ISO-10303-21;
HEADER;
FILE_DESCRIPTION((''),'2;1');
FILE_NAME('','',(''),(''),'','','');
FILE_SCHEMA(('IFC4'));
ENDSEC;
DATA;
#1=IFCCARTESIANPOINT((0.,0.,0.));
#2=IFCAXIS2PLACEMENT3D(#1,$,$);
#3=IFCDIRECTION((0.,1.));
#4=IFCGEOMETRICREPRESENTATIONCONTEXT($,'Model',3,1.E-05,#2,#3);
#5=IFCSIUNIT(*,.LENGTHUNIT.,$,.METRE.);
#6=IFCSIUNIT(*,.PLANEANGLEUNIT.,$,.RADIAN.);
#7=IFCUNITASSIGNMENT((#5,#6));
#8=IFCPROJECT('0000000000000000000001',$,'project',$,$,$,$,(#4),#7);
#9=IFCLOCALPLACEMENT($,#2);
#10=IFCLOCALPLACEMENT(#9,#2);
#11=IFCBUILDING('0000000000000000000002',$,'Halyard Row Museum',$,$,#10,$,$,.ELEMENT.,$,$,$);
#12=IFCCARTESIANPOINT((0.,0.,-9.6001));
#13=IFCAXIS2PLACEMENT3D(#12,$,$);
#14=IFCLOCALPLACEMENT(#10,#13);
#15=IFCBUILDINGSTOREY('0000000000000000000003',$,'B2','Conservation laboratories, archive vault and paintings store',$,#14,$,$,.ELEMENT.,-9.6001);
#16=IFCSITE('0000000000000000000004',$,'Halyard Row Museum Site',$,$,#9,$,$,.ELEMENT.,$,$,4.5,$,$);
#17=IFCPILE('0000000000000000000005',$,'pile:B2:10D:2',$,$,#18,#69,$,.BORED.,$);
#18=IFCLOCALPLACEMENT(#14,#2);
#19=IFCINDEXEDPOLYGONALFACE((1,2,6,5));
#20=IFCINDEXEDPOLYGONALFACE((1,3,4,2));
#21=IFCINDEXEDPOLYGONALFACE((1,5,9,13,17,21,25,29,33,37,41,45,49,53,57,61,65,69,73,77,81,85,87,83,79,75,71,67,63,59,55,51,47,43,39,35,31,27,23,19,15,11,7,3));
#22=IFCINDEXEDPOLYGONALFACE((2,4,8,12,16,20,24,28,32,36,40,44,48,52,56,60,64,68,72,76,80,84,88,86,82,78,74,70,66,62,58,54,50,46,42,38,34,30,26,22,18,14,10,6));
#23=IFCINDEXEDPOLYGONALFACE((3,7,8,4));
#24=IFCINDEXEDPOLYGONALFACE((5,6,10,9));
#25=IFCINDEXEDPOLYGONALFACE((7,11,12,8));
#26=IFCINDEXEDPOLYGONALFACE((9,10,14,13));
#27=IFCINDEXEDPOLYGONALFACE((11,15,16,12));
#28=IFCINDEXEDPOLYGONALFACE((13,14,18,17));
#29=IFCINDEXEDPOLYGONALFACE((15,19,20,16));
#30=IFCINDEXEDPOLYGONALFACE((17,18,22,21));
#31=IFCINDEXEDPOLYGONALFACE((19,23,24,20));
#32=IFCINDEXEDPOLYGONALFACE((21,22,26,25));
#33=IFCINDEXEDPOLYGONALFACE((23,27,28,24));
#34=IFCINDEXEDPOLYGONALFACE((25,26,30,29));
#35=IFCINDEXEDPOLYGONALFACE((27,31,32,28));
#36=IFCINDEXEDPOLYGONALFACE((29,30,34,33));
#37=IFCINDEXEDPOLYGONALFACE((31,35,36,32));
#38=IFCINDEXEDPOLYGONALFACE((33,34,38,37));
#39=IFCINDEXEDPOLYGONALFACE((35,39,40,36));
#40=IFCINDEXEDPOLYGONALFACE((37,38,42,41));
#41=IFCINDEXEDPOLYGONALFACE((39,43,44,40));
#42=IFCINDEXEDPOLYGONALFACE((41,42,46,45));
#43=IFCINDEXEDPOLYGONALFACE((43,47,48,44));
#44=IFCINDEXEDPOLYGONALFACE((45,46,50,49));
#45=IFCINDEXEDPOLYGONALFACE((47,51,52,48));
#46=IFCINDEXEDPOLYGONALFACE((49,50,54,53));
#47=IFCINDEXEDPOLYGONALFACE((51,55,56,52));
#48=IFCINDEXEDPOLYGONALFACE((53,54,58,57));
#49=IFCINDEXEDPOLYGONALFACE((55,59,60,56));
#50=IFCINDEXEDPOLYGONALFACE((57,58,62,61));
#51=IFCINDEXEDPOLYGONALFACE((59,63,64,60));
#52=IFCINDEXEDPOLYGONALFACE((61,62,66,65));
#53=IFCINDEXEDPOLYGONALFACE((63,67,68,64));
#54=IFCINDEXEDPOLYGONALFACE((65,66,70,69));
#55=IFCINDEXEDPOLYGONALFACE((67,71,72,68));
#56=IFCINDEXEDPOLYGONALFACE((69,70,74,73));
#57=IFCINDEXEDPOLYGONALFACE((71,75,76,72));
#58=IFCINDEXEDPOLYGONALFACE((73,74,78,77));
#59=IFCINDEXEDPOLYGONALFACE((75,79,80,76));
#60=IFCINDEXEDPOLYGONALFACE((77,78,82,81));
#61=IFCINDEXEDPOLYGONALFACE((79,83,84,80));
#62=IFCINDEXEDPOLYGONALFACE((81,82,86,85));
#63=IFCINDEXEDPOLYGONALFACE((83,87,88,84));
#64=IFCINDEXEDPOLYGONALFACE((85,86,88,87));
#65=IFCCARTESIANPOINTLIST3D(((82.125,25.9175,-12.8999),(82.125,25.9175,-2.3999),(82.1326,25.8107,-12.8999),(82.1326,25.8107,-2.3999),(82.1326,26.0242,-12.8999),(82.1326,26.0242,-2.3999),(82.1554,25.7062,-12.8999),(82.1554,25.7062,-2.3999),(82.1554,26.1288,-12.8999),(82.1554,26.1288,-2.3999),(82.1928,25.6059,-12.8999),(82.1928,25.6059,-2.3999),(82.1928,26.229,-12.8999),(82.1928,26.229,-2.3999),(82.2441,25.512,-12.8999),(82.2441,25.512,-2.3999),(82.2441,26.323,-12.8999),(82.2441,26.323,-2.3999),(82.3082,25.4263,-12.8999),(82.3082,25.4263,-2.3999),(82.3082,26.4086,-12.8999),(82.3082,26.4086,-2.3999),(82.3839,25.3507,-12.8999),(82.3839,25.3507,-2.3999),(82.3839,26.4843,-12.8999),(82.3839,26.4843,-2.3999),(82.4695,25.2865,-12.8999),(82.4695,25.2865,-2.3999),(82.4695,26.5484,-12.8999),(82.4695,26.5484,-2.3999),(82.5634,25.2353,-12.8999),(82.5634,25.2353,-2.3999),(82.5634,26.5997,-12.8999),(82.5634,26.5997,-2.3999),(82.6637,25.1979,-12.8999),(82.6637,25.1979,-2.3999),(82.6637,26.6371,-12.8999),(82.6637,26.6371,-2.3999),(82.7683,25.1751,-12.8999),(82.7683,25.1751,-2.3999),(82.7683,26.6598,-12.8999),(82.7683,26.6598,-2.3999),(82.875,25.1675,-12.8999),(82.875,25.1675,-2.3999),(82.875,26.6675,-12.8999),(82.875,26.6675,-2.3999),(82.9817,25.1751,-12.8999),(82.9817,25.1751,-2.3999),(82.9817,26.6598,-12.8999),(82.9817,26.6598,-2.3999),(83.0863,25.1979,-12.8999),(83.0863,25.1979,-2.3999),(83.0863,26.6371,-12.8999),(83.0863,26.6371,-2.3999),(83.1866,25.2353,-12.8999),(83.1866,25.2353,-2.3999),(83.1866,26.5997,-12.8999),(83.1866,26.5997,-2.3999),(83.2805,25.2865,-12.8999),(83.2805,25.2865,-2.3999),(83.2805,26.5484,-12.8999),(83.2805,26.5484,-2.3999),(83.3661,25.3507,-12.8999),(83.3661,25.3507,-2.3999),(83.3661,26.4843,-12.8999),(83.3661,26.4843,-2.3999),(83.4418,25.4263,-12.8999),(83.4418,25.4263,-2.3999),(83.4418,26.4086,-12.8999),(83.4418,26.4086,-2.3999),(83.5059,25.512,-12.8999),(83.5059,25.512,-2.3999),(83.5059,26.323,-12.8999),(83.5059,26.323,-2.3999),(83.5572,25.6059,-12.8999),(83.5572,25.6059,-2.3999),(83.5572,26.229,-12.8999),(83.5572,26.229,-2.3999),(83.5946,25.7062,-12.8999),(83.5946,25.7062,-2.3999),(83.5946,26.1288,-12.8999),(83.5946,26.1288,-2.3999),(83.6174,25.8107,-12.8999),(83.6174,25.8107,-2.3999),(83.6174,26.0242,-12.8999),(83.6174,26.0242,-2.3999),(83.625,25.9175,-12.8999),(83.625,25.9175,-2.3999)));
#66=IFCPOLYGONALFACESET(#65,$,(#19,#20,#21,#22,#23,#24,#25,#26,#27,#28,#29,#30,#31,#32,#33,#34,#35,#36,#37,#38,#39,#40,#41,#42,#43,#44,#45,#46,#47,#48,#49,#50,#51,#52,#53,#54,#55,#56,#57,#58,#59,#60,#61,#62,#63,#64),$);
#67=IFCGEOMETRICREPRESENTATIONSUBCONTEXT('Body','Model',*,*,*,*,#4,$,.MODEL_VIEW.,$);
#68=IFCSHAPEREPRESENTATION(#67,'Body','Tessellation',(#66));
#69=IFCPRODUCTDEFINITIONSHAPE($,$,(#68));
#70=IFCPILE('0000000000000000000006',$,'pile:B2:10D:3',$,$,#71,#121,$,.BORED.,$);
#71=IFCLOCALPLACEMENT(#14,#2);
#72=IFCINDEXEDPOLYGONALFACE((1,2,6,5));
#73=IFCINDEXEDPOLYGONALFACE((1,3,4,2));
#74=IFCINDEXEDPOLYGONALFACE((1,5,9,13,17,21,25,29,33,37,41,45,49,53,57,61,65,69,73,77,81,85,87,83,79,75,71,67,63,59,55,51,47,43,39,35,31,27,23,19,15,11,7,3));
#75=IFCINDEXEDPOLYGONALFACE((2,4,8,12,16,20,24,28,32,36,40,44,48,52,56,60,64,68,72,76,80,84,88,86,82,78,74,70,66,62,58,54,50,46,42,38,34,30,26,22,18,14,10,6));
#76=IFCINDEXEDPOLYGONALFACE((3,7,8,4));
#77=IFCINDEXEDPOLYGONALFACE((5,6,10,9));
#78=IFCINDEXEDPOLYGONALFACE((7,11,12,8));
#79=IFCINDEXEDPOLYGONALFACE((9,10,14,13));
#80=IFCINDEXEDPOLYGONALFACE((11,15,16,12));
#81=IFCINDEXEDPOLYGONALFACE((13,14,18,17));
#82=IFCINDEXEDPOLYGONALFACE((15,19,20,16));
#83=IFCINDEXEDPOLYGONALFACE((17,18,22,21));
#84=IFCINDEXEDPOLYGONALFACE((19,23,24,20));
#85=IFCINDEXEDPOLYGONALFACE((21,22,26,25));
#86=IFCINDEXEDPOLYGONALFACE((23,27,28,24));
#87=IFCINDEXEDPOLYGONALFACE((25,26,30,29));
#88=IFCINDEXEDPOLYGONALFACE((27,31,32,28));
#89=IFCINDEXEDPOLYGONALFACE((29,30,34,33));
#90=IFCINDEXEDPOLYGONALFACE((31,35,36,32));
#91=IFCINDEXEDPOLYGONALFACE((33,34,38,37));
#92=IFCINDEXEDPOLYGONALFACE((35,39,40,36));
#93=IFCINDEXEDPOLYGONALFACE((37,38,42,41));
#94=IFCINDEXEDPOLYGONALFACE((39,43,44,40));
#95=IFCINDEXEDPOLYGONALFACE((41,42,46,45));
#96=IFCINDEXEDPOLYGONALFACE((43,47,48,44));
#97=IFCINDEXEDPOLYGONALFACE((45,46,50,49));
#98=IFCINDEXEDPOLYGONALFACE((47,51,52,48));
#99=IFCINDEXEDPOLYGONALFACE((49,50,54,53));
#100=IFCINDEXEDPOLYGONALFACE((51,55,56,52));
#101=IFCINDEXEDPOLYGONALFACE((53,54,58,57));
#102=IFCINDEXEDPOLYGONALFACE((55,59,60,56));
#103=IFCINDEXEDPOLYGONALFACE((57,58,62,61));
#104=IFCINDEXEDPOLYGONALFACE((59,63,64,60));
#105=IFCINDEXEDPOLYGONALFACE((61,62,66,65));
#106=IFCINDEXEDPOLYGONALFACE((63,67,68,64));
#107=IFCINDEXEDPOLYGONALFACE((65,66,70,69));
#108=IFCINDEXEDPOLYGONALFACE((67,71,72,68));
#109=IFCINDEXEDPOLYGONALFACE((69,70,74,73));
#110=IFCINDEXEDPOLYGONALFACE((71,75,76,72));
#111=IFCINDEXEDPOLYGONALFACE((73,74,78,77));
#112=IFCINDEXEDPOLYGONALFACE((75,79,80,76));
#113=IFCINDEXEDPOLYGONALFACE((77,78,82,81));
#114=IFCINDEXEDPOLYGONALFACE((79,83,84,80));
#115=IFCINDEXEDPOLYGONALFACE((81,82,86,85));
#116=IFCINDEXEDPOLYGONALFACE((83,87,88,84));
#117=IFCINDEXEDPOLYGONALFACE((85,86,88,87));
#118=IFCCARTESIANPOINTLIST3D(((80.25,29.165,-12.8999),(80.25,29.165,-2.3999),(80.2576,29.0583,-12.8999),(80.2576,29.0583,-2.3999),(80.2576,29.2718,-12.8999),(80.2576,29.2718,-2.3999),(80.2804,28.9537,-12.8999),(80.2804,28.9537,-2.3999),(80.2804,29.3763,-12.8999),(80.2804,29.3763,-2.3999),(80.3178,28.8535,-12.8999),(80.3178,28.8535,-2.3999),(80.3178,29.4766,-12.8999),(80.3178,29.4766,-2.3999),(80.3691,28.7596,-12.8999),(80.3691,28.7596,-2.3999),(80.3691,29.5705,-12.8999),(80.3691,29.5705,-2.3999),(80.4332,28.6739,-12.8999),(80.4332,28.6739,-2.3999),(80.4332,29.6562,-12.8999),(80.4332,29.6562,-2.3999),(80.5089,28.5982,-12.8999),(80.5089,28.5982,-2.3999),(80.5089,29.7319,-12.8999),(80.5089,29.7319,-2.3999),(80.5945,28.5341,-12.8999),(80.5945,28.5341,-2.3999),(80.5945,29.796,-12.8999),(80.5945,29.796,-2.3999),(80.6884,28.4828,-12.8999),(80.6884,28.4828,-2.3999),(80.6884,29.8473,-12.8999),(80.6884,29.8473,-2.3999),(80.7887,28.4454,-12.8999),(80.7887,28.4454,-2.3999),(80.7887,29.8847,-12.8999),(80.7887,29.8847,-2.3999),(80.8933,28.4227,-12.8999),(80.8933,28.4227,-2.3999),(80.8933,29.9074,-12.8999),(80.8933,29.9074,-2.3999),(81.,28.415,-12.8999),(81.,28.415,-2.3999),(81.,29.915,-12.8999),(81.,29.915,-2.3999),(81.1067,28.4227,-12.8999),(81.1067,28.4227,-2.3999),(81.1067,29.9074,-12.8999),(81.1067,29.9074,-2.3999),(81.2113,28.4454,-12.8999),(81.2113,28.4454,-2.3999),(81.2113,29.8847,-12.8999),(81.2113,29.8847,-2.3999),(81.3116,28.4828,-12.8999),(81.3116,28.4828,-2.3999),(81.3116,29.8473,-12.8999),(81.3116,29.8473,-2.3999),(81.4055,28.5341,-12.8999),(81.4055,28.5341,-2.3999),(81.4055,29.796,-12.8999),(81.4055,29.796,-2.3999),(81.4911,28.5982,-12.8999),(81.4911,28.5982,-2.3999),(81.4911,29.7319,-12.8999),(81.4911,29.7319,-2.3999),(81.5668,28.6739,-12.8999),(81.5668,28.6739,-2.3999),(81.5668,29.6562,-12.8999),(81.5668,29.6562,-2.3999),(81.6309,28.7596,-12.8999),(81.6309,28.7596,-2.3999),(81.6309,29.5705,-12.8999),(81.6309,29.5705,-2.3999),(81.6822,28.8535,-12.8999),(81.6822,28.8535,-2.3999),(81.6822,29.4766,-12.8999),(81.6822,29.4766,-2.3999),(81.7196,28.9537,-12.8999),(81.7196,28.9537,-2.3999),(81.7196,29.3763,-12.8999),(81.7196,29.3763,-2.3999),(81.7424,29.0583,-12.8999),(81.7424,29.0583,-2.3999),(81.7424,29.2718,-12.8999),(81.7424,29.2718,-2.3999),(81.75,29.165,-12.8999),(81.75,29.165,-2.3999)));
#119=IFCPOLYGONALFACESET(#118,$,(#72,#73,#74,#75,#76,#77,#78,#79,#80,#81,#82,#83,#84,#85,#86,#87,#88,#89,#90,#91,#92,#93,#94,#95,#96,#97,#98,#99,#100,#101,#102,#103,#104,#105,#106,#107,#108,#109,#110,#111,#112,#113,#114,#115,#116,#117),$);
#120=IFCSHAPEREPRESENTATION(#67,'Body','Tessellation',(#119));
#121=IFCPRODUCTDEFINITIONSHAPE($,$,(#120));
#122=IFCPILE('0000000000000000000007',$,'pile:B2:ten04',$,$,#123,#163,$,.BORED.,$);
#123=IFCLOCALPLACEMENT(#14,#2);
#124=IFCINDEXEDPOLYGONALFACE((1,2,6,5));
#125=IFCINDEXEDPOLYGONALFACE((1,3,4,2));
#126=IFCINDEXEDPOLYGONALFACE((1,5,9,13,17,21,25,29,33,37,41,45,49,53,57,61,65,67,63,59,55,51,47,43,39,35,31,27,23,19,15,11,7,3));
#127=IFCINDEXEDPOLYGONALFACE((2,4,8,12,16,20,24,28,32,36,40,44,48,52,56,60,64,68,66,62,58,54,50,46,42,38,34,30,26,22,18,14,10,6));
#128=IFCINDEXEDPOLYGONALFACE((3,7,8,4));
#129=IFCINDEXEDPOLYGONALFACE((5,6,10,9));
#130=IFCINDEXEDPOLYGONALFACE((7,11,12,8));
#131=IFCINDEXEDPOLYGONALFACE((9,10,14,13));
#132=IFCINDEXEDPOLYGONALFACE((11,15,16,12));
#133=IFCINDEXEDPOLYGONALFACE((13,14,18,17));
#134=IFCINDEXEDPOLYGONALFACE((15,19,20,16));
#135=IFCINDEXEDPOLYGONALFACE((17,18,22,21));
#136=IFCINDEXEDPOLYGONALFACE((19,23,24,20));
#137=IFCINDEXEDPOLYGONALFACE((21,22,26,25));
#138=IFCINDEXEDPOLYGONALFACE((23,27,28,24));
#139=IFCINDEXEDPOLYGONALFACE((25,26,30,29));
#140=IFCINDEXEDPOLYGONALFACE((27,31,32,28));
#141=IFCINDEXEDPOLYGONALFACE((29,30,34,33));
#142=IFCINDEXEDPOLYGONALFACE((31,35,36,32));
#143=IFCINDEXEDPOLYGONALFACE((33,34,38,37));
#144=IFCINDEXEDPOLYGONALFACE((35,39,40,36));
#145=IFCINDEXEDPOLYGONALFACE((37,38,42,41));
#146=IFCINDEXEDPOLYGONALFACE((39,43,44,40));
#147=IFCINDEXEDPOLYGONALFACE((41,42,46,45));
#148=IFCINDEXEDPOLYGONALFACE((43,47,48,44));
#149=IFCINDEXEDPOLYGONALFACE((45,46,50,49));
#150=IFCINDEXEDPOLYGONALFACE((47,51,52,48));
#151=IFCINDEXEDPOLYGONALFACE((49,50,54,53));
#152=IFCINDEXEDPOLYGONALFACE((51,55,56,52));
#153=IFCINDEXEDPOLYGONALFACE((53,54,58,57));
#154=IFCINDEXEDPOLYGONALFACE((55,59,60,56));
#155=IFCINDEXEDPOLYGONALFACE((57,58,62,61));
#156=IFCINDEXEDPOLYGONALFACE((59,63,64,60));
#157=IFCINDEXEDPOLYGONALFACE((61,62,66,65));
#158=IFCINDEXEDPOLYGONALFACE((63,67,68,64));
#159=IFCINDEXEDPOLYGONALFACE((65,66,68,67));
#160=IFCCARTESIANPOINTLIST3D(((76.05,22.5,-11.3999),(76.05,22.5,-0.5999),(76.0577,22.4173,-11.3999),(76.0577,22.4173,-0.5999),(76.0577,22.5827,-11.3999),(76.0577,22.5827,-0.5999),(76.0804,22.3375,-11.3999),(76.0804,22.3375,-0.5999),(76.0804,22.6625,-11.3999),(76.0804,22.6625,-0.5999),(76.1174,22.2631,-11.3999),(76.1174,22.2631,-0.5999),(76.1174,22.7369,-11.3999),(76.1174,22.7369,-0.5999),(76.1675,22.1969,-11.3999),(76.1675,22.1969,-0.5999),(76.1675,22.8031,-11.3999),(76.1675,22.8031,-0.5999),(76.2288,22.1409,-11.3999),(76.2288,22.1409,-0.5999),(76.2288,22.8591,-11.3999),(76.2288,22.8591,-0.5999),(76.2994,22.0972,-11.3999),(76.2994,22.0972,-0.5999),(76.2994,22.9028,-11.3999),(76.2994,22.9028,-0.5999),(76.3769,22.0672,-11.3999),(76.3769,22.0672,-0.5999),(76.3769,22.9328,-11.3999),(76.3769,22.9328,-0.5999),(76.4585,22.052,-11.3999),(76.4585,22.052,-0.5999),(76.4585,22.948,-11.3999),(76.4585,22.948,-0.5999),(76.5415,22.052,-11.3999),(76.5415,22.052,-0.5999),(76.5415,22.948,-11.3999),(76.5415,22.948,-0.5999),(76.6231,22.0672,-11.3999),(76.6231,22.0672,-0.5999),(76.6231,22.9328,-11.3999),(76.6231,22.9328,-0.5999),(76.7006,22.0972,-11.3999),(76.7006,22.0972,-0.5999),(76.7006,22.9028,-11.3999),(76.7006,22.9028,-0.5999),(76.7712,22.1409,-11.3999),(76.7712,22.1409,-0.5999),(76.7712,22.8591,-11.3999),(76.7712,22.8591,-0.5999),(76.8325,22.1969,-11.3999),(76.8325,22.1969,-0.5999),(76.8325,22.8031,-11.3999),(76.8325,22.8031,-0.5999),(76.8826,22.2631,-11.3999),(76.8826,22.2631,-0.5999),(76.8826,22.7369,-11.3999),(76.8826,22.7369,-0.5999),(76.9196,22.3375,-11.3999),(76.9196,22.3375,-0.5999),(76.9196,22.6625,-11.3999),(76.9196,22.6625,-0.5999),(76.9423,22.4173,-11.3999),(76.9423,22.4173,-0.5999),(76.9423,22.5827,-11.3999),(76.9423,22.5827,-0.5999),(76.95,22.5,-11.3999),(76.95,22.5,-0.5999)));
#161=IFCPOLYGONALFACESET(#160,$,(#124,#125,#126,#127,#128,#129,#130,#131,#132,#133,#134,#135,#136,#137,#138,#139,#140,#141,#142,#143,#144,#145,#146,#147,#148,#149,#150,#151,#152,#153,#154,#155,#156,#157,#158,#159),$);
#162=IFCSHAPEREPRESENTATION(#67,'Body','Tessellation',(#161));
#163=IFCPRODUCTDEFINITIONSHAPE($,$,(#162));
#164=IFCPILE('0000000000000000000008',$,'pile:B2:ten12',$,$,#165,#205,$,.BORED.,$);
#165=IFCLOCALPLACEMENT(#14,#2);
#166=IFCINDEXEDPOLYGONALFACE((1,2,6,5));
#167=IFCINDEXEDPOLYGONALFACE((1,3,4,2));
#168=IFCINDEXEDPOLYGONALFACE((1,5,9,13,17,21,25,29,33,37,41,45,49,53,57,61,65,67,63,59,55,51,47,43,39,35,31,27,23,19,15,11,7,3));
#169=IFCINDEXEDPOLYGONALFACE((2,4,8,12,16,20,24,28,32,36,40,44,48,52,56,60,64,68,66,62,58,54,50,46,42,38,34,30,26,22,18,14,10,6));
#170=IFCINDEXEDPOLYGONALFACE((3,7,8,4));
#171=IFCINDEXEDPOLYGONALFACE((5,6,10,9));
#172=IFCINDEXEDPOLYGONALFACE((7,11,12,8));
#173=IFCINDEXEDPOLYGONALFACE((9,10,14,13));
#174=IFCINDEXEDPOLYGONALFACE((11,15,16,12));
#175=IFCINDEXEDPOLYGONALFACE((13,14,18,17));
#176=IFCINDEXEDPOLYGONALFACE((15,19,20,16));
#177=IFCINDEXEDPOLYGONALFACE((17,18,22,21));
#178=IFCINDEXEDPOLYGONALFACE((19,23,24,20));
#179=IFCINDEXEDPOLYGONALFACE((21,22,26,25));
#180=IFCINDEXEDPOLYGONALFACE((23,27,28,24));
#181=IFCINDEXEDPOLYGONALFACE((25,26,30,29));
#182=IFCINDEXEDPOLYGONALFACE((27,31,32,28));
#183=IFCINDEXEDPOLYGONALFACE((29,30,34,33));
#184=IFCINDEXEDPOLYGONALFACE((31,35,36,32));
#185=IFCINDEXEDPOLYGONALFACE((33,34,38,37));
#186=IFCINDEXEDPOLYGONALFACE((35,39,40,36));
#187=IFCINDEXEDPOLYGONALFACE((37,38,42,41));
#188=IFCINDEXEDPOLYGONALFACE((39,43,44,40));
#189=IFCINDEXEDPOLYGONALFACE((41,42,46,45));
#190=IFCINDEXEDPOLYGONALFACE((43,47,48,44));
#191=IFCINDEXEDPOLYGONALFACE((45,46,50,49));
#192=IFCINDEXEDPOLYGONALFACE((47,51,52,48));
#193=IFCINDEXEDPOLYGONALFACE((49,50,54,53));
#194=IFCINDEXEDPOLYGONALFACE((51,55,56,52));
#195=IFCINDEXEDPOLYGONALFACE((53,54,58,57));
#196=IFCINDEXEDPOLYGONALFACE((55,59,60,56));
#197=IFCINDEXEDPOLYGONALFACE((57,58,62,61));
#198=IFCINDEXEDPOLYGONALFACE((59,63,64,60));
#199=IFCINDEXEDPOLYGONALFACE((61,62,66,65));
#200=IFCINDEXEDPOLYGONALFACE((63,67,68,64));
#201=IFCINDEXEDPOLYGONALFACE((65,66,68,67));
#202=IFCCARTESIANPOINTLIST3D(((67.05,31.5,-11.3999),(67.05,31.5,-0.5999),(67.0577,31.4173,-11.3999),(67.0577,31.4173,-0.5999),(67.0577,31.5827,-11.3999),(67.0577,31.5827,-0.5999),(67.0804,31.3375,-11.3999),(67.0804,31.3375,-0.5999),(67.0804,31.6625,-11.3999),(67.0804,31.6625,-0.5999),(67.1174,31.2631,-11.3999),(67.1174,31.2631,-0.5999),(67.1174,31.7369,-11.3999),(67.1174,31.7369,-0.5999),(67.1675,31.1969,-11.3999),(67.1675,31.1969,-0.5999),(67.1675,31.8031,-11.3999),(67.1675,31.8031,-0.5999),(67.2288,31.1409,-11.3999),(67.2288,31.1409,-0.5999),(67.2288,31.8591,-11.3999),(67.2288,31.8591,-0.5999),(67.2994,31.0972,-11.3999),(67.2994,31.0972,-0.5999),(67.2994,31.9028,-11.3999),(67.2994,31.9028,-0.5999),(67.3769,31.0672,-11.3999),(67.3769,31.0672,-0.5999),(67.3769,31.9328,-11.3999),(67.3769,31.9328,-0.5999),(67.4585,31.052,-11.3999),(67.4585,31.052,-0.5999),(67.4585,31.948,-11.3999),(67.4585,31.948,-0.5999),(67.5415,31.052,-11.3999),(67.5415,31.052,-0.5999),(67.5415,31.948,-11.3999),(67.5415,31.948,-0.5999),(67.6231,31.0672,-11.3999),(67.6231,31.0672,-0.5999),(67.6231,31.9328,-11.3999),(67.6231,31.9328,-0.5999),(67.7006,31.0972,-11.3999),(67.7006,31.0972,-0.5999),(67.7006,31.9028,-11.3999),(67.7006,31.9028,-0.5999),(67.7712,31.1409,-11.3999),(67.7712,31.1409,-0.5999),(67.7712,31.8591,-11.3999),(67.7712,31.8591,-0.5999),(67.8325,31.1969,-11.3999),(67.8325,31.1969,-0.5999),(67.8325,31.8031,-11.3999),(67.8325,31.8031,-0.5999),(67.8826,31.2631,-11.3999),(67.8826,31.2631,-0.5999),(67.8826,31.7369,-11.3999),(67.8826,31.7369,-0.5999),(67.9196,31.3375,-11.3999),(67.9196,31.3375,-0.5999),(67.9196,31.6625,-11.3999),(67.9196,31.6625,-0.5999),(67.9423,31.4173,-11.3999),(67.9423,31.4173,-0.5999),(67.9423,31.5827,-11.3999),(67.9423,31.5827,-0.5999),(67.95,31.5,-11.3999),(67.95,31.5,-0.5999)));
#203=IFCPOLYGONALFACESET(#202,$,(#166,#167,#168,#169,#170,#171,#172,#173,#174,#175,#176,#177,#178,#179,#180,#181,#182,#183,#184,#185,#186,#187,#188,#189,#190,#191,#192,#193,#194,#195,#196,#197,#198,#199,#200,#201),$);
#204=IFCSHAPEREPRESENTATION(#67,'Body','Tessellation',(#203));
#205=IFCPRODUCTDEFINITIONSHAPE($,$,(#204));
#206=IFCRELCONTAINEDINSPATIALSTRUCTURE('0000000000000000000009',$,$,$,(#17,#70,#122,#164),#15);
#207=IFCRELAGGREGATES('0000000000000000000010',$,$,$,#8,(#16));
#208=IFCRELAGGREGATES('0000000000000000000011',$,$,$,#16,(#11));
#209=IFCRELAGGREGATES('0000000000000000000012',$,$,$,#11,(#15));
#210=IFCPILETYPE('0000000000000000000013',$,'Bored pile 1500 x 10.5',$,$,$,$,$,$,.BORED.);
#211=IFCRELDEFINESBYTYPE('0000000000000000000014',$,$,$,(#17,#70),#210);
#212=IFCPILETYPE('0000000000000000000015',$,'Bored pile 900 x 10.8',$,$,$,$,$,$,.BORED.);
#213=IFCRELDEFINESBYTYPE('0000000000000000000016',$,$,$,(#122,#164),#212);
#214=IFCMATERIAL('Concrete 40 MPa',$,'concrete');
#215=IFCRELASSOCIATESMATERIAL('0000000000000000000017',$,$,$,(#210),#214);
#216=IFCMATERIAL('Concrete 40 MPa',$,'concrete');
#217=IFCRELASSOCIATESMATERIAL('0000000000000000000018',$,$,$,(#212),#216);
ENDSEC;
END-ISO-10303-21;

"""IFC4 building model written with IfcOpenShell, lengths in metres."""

from ifc_helpers import new_model, si_unit, direction, frame, origin, origin_2d, place, context, subcontext, project, spatial, circle, extrude, material, material_profile, profile_set, type_object, element, save


model = new_model("IFC4")

# Units and contexts
model_context = context("Model", 3, precision=1e-05, world=origin(), true_north=direction((0.0, 1.0)))
body_context = subcontext(model_context, "Body", "Model", "MODEL_VIEW")
ifc_project = project(units=[si_unit("LENGTHUNIT", "METRE"), si_unit("PLANEANGLEUNIT", "RADIAN")], contexts=[model_context])

# Site, building, storey
site_placement = place(None, origin())
site = spatial("IfcSite", under=ifc_project, at=site_placement, Name="Halyard Row Museum Site", CompositionType="ELEMENT", RefElevation=4.5)
building_placement = place(site_placement, origin())
building = spatial("IfcBuilding", under=site, at=building_placement, Name="Halyard Row Museum", CompositionType="ELEMENT")
storey_placement = place(building_placement, frame((0.0, 0.0, -9.6001)))
storey = spatial("IfcBuildingStorey", under=building, at=storey_placement, Name="B2", Description="Conservation laboratories, archive vault and paintings store", CompositionType="ELEMENT", Elevation=-9.6001)

# Piles
ifc_material_1 = material(Name="Concrete 40 MPa", Category="concrete")
ifc_material_profile_1 = material_profile(ifc_material_1, circle(Radius=0.75, at=origin_2d()), Name="Bored pile 1500 x 10.5")
ifc_profile_set_1 = profile_set([ifc_material_profile_1], Name="Concrete 40 MPa")
pile_type_1 = type_object("IfcPileType", Name="Bored pile 1500 x 10.5", PredefinedType="BORED", material=ifc_profile_set_1)
for number, where, z_axis, x_axis, name in (
    (1, (82.875, 25.9175, -2.3999), (0.0, 0.0, -1.0), (1.0, 0.0, 0.0), "pile:B2:10D:2"),
    (2, (81.0, 29.165, -2.3999), (0.0, 0.0, -1.0), (1.0, 0.0, 0.0), "pile:B2:10D:3"),
):
    element("IfcPile", number, at=place(storey_placement, frame(where, z_axis=z_axis, x_axis=x_axis)), inside=storey, type_object=pile_type_1, Name=name, PredefinedType="BORED", context=body_context, shape_type="SweptSolid", body=[
        extrude(circle(Radius=0.75, at=origin_2d()), origin(), (0.0, 0.0, 1.0), 10.5),
    ])
ifc_material_2 = material(Name="Concrete 40 MPa", Category="concrete")
ifc_material_profile_2 = material_profile(ifc_material_2, circle(Radius=0.45, at=origin_2d()), Name="Bored pile 900 x 10.8")
ifc_profile_set_2 = profile_set([ifc_material_profile_2], Name="Concrete 40 MPa")
pile_type_2 = type_object("IfcPileType", Name="Bored pile 900 x 10.8", PredefinedType="BORED", material=ifc_profile_set_2)
for number, where, z_axis, x_axis, name in (
    (3, (76.5, 22.5, -0.5999), (0.0, 0.0, -1.0), (1.0, 0.0, 0.0), "pile:B2:ten04"),
    (4, (67.5, 31.5, -0.5999), (0.0, 0.0, -1.0), (1.0, 0.0, 0.0), "pile:B2:ten12"),
):
    element("IfcPile", number, at=place(storey_placement, frame(where, z_axis=z_axis, x_axis=x_axis)), inside=storey, type_object=pile_type_2, Name=name, PredefinedType="BORED", context=body_context, shape_type="SweptSolid", body=[
        extrude(circle(Radius=0.45, at=origin_2d()), origin(), (0.0, 0.0, 1.0), 10.8),
    ])

save(model, "model.ifc")
